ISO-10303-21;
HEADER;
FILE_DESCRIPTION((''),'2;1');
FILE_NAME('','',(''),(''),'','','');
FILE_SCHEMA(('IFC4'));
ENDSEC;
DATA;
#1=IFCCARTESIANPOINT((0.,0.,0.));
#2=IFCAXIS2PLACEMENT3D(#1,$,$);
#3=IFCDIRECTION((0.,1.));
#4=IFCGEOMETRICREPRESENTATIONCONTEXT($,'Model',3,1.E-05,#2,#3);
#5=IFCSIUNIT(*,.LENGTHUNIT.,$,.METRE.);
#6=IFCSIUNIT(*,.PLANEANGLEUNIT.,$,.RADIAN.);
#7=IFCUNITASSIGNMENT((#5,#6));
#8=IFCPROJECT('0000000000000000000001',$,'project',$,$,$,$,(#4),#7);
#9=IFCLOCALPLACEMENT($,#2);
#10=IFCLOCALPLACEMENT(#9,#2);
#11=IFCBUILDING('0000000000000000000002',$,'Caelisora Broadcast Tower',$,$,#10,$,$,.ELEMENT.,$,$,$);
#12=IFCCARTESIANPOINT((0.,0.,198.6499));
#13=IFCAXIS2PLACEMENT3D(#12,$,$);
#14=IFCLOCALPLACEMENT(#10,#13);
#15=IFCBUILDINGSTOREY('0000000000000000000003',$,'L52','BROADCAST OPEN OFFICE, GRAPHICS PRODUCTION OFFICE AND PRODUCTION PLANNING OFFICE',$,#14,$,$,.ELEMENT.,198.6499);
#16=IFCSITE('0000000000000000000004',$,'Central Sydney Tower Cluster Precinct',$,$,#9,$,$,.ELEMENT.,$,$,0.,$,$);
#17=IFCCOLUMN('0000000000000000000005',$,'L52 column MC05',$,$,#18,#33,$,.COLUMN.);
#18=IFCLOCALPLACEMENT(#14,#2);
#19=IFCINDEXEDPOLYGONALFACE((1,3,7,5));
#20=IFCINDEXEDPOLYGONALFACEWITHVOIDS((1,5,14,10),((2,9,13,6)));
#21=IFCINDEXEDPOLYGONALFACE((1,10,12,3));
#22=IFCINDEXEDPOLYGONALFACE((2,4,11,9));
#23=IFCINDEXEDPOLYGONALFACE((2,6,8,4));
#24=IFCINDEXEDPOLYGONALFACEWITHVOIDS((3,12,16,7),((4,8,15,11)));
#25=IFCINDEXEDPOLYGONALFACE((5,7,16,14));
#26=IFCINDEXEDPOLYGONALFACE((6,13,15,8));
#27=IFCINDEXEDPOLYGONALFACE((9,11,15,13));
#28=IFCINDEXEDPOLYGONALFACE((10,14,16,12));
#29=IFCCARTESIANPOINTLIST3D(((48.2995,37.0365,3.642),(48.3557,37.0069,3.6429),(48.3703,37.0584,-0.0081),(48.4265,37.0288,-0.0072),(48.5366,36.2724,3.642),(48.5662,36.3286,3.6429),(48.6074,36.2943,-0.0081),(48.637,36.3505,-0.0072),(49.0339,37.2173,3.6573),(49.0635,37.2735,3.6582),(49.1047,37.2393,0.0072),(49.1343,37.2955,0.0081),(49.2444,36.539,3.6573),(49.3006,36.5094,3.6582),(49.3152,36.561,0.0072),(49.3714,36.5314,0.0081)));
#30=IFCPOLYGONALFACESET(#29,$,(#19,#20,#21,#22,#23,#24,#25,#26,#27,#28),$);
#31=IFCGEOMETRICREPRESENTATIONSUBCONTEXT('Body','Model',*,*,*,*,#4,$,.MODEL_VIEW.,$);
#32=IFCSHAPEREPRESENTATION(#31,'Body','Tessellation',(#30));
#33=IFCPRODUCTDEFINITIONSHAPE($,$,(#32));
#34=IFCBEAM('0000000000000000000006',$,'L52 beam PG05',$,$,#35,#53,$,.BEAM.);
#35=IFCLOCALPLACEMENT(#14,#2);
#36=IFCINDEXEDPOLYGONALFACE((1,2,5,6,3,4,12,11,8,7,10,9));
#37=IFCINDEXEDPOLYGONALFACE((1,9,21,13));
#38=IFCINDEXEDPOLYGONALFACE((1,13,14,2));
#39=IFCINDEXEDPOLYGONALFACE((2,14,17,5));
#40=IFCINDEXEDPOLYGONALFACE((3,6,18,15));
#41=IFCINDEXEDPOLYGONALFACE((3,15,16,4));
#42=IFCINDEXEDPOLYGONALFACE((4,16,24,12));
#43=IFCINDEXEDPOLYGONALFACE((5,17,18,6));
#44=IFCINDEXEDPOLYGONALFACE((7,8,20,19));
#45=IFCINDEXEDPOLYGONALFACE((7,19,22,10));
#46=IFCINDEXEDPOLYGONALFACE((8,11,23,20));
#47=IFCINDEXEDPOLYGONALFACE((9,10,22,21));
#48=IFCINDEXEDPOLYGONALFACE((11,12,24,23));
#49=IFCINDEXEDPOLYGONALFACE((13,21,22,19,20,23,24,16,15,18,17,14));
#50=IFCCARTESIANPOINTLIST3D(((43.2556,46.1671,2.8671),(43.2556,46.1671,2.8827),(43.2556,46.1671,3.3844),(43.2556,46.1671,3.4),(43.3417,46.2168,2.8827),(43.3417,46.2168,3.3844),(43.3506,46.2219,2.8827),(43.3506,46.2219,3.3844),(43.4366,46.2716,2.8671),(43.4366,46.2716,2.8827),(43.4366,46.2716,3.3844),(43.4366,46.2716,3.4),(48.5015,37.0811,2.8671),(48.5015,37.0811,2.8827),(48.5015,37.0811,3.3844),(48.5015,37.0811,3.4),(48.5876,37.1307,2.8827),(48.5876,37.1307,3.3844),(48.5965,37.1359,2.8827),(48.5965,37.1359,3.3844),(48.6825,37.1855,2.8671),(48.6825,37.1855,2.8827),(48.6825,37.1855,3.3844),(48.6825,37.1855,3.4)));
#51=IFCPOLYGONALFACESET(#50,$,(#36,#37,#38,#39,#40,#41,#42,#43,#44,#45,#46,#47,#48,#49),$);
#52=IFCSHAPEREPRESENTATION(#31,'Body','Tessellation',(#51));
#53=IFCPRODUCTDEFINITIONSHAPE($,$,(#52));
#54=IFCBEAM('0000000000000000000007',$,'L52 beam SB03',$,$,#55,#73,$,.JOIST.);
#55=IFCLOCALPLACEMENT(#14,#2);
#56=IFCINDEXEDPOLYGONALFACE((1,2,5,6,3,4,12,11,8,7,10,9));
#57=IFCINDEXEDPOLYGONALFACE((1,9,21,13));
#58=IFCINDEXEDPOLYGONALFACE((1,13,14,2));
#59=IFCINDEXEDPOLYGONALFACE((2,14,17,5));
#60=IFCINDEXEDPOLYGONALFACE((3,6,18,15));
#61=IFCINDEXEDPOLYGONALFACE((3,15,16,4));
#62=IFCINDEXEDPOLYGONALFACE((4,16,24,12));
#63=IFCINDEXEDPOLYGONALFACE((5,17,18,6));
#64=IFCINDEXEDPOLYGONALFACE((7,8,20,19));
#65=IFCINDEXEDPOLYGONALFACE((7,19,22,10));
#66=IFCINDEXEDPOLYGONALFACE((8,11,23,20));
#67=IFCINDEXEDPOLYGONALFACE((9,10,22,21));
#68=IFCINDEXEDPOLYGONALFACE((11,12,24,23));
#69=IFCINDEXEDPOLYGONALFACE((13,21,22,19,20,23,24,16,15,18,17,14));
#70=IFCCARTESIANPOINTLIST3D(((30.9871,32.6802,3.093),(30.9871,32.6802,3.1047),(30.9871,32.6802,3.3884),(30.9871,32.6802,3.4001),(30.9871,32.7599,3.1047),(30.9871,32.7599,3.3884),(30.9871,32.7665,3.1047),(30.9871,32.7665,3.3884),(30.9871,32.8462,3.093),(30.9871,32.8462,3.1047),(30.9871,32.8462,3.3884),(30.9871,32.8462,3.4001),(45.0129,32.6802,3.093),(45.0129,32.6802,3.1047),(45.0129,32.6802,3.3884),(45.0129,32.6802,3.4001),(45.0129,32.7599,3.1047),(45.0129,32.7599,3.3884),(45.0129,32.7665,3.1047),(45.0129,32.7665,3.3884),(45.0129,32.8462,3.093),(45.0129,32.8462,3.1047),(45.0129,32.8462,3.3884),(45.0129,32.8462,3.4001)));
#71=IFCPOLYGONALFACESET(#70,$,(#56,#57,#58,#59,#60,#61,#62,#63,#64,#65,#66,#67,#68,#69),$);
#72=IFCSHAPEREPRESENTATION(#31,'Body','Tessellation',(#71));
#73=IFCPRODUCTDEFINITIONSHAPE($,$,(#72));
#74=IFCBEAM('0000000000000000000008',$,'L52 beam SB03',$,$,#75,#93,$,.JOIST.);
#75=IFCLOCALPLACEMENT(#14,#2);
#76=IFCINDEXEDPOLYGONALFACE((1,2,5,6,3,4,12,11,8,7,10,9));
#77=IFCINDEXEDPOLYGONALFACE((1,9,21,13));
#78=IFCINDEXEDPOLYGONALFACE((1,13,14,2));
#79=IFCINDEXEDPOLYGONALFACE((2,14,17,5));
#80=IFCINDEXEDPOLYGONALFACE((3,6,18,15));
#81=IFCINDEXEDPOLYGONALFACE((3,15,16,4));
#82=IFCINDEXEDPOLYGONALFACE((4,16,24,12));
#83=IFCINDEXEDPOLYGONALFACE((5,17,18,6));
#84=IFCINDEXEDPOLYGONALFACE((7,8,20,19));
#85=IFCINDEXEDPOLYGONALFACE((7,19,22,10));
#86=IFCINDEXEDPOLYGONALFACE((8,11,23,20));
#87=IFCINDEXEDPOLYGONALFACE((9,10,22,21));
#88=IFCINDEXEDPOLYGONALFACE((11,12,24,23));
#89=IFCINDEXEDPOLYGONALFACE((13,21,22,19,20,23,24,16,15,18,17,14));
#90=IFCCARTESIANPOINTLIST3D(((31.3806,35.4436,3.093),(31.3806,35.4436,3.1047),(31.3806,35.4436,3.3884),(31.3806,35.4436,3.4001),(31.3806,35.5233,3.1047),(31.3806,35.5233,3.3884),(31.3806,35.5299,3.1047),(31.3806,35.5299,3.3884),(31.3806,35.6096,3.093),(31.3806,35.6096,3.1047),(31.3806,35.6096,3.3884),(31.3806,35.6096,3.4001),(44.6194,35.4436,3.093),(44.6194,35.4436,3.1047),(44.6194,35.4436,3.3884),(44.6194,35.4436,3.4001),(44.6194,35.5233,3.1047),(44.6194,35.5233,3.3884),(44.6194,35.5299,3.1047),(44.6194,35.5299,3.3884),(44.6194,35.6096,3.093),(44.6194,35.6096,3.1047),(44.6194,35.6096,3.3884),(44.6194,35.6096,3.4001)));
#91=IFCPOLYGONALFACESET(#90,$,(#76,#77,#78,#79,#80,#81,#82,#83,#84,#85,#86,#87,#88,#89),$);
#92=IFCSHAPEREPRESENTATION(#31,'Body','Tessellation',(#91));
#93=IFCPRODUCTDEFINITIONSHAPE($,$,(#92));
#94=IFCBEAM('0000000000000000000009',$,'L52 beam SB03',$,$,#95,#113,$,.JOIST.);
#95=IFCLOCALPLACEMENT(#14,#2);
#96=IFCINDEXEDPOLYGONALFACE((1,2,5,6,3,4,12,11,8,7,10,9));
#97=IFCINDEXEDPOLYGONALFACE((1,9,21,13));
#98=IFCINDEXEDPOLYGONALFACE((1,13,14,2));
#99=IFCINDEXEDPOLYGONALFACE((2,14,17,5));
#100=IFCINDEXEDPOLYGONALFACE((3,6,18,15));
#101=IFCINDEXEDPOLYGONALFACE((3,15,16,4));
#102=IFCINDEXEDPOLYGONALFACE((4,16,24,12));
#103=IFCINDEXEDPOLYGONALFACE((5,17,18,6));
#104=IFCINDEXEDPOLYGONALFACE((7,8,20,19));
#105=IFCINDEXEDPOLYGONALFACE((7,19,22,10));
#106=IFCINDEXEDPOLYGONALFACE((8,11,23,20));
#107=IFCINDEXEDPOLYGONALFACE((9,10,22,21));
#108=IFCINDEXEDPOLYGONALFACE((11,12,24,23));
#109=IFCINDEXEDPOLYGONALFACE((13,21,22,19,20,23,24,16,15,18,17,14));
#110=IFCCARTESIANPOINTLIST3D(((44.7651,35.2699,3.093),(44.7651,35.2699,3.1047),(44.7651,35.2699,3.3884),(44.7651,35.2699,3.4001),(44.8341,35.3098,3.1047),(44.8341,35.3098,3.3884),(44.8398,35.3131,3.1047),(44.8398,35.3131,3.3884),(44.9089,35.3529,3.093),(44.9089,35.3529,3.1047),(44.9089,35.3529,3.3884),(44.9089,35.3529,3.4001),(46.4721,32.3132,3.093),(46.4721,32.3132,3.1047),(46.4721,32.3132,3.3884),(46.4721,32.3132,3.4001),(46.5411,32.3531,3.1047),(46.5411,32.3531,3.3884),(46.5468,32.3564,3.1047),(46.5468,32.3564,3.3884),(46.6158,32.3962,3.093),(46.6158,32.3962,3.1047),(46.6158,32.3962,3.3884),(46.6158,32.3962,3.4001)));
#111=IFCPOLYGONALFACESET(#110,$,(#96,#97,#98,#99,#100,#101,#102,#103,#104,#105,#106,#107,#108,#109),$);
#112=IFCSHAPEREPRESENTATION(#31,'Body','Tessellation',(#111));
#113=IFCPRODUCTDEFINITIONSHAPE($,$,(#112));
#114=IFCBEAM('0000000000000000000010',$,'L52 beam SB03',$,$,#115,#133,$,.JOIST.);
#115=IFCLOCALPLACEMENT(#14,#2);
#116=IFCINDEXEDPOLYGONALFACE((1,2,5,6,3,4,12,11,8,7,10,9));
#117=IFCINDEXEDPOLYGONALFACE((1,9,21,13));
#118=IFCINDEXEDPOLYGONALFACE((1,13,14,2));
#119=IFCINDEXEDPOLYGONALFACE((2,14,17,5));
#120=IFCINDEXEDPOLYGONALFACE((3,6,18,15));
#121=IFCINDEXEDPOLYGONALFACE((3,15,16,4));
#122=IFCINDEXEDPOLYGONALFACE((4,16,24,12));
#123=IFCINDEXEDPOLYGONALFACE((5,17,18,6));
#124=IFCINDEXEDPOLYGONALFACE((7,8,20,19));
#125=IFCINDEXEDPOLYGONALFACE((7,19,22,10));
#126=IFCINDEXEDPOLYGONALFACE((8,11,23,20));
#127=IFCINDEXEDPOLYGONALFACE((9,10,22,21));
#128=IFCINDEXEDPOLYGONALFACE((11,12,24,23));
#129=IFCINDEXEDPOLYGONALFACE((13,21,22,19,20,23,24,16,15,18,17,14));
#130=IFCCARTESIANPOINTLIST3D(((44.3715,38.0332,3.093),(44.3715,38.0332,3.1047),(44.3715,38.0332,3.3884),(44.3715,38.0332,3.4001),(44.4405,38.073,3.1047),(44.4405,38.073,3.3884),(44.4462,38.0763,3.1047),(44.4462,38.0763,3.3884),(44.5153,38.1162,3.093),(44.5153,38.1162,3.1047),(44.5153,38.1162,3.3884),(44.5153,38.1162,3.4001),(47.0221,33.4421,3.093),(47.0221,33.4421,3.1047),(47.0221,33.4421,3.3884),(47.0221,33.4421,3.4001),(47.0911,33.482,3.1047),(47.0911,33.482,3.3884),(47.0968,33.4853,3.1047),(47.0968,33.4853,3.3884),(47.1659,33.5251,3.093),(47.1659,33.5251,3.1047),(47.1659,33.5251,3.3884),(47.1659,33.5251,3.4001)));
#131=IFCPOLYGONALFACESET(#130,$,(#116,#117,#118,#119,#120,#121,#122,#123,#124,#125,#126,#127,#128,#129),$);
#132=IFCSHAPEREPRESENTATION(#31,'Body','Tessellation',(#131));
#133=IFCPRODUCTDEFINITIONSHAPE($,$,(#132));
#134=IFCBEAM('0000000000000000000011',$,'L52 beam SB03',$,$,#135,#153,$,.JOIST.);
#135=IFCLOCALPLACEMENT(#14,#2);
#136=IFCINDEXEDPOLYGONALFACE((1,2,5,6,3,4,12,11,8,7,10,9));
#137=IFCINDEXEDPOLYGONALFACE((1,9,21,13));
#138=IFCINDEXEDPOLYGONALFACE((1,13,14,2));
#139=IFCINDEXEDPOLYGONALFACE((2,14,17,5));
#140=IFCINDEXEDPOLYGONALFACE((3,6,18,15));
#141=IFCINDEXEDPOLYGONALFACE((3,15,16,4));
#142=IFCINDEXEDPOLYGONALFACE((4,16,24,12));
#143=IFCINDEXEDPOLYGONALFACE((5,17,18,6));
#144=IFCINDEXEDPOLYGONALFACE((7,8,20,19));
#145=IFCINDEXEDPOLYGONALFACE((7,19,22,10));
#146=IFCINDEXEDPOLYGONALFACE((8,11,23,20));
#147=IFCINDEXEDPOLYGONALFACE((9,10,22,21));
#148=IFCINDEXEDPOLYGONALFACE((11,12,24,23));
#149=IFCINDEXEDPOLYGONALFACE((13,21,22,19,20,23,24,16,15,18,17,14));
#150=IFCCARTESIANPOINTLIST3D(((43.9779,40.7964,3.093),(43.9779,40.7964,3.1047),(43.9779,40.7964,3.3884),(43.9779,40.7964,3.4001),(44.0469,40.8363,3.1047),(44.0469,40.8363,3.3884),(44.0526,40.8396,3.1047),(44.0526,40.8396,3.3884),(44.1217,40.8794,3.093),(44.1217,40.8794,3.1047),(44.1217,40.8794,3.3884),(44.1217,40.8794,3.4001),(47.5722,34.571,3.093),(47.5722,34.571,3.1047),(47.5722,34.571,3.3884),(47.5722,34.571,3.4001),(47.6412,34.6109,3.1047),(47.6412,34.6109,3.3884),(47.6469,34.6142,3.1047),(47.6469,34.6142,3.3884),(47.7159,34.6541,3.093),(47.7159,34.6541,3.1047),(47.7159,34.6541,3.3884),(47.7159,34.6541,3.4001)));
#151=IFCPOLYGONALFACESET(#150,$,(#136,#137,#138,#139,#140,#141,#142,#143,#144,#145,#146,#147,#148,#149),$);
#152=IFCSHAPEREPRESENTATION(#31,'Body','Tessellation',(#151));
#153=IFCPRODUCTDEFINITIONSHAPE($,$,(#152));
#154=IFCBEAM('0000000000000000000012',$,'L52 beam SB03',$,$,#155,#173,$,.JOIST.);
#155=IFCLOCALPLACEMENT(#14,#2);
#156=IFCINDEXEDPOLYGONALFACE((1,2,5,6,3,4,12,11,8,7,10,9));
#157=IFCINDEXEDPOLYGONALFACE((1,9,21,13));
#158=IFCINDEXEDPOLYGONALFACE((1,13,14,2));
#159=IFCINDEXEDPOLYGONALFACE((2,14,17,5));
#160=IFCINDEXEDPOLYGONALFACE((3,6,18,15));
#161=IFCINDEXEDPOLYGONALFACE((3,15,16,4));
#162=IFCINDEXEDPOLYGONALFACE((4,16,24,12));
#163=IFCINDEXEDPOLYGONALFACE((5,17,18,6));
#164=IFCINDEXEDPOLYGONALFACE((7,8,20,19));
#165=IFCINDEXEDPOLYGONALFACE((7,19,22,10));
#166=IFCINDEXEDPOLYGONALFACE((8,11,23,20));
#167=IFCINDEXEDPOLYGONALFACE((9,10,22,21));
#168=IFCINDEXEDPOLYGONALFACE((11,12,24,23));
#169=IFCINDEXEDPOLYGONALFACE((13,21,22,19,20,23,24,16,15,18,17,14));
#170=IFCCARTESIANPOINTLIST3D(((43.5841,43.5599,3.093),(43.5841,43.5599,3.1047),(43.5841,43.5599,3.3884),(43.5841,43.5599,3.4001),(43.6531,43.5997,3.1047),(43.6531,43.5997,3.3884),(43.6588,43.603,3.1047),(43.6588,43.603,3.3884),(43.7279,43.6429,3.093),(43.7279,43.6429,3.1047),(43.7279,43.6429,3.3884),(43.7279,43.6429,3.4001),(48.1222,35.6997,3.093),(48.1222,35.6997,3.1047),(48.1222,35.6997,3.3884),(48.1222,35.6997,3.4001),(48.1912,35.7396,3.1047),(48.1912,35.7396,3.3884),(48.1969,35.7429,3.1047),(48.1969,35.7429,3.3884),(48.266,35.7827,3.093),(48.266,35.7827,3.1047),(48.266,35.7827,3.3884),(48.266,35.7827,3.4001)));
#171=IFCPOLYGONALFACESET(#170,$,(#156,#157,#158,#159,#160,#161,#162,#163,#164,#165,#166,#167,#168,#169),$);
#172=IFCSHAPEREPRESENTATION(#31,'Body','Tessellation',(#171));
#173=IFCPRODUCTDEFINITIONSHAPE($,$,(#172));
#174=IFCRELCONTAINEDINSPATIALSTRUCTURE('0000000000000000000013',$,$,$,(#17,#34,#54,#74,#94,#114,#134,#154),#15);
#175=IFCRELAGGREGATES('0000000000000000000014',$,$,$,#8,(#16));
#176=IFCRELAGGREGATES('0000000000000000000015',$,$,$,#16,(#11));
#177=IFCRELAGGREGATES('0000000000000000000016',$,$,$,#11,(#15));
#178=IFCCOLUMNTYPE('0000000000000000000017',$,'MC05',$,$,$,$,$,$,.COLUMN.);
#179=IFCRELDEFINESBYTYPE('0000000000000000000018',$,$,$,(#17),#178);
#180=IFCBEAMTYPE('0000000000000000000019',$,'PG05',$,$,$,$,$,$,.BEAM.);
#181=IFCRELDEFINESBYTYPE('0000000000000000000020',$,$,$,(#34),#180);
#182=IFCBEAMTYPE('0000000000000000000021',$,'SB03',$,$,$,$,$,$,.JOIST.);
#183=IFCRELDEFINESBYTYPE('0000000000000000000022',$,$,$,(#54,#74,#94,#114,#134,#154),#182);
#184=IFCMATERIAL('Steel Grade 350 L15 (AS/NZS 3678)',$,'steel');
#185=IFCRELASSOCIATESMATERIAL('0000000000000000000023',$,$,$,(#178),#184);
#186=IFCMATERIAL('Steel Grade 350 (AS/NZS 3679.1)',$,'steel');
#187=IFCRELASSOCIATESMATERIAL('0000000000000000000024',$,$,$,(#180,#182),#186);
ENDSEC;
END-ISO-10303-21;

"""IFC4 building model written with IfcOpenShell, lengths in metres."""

from ifc_helpers import new_model, si_unit, direction, frame, origin, origin_2d, place, context, subcontext, project, spatial, hollow_rectangle, i_section, extrude, source, transform, mapped, material, material_profile, profile_set, type_object, type_shapes, element, save


model = new_model("IFC4")

# Units and contexts
model_context = context("Model", 3, precision=1e-05, world=origin(), true_north=direction((0.0, 1.0)))
body_context = subcontext(model_context, "Body", "Model", "MODEL_VIEW")
ifc_project = project(units=[si_unit("LENGTHUNIT", "METRE"), si_unit("PLANEANGLEUNIT", "RADIAN")], contexts=[model_context])

# Site, building, storey
site_placement = place(None, origin())
site = spatial("IfcSite", under=ifc_project, at=site_placement, Name="Central Sydney Tower Cluster Precinct", CompositionType="ELEMENT", RefElevation=0.0)
building_placement = place(site_placement, origin())
building = spatial("IfcBuilding", under=site, at=building_placement, Name="Caelisora Broadcast Tower", CompositionType="ELEMENT")
storey_placement = place(building_placement, frame((0.0, 0.0, 198.6499)))
storey = spatial("IfcBuildingStorey", under=building, at=storey_placement, Name="L52", Description="BROADCAST OPEN OFFICE, GRAPHICS PRODUCTION OFFICE AND PRODUCTION PLANNING OFFICE", CompositionType="ELEMENT", Elevation=198.6499)

# Column
ifc_material_1 = material(Name="Steel Grade 350 L15 (AS/NZS 3678)", Category="steel")
ifc_material_profile_1 = material_profile(ifc_material_1, hollow_rectangle(XDim=0.8, YDim=0.8, WallThickness=0.0449, at=origin_2d()), Name="Steel Grade 350 L15 (AS/NZS 3678)")
ifc_profile_set_1 = profile_set([ifc_material_profile_1], Name="Steel Grade 350 L15 (AS/NZS 3678)")
column_type = type_object("IfcColumnType", Name="MC05", PredefinedType="COLUMN", material=ifc_profile_set_1)
shared_shape_1 = source(origin(), body_context, "Body", "SweptSolid", [
    extrude(hollow_rectangle(XDim=0.8, YDim=0.8, WallThickness=0.0449, at=origin_2d()), origin(), (0.0, 0.0, 1.0), 3.6509),
])
type_shapes(column_type, [shared_shape_1])
column_placement = place(storey_placement, frame((48.8708, 36.7949, 0.0), z_axis=(-0.019393, -0.006018, 0.999794), x_axis=(0.296399, -0.955064, 0.0)))
element("IfcColumn", 1, at=column_placement, inside=storey, type_object=column_type, Name="L52 column MC05", PredefinedType="COLUMN", context=body_context, shape_type="MappedRepresentation", body=[
    mapped(shared_shape_1, transform((0.0, 0.0, 0.0), scale=1.0)),
])

# Beams
ifc_material_2 = material(Name="Steel Grade 350 (AS/NZS 3679.1)", Category="steel")
ifc_material_profile_2 = material_profile(ifc_material_2, i_section(OverallWidth=0.209, OverallDepth=0.533, WebThickness=0.0103, FlangeThickness=0.0156, at=origin_2d()), Name="Steel Grade 350 (AS/NZS 3679.1)")
ifc_profile_set_2 = profile_set([ifc_material_profile_2], Name="Steel Grade 350 (AS/NZS 3679.1)")
beam_type_1 = type_object("IfcBeamType", Name="PG05", PredefinedType="BEAM", material=ifc_profile_set_2)
shared_shape_2 = source(origin(), body_context, "Body", "SweptSolid", [
    extrude(i_section(OverallWidth=0.209, OverallDepth=0.533, WebThickness=0.0103, FlangeThickness=0.0156, at=origin_2d()), origin(), (0.0, 0.0, 1.0), 10.4917),
])
type_shapes(beam_type_1, [shared_shape_2])
beam_1_placement = place(storey_placement, frame((48.592, 37.1333, 3.1335), z_axis=(-0.500006, 0.866022, 0.0), x_axis=(-0.866022, -0.500006, 0.0)))
element("IfcBeam", 2, at=beam_1_placement, inside=storey, type_object=beam_type_1, Name="L52 beam PG05", PredefinedType="BEAM", context=body_context, shape_type="MappedRepresentation", body=[
    mapped(shared_shape_2, transform((0.0, 0.0, 0.0), scale=1.0)),
])
ifc_material_profile_3 = material_profile(ifc_material_2, i_section(OverallWidth=0.166, OverallDepth=0.3071, WebThickness=0.0066, FlangeThickness=0.0117, at=origin_2d()), Name="Steel Grade 350 (AS/NZS 3679.1)")
ifc_profile_set_3 = profile_set([ifc_material_profile_3], Name="Steel Grade 350 (AS/NZS 3679.1)")
beam_type_2 = type_object("IfcBeamType", Name="SB03", PredefinedType="JOIST", material=ifc_profile_set_3)
shared_shape_3 = source(origin(), body_context, "Body", "SweptSolid", [
    extrude(i_section(OverallWidth=0.166, OverallDepth=0.3071, WebThickness=0.0066, FlangeThickness=0.0117, at=origin_2d()), origin(), (0.0, 0.0, 1.0), 14.0259),
])
beam_2_placement = place(storey_placement, frame((45.0129, 32.7632, 3.2466), z_axis=(-1.0, 0.0, 0.0), x_axis=(0.0, -1.0, 0.0)))
element("IfcBeam", 3, at=beam_2_placement, inside=storey, type_object=beam_type_2, Name="L52 beam SB03", PredefinedType="JOIST", context=body_context, shape_type="MappedRepresentation", body=[
    mapped(shared_shape_3, transform((0.0, 0.0, 0.0), scale=1.0)),
])
shared_shape_4 = source(origin(), body_context, "Body", "SweptSolid", [
    extrude(i_section(OverallWidth=0.166, OverallDepth=0.3071, WebThickness=0.0066, FlangeThickness=0.0117, at=origin_2d()), origin(), (0.0, 0.0, 1.0), 13.2388),
])
beam_3_placement = place(storey_placement, frame((44.6194, 35.5266, 3.2466), z_axis=(-1.0, 0.0, 0.0), x_axis=(0.0, -1.0, 0.0)))
element("IfcBeam", 4, at=beam_3_placement, inside=storey, type_object=beam_type_2, Name="L52 beam SB03", PredefinedType="JOIST", context=body_context, shape_type="MappedRepresentation", body=[
    mapped(shared_shape_4, transform((0.0, 0.0, 0.0), scale=1.0)),
])
shared_shape_5 = source(origin(), body_context, "Body", "SweptSolid", [
    extrude(i_section(OverallWidth=0.166, OverallDepth=0.3071, WebThickness=0.0066, FlangeThickness=0.0117, at=origin_2d()), origin(), (0.0, 0.0, 1.0), 3.4141),
])
beam_4_placement = place(storey_placement, frame((46.5439, 32.3547, 3.2466), z_axis=(-0.499984, 0.866034, 0.0), x_axis=(-0.866034, -0.499984, 0.0)))
element("IfcBeam", 5, at=beam_4_placement, inside=storey, type_object=beam_type_2, Name="L52 beam SB03", PredefinedType="JOIST", context=body_context, shape_type="MappedRepresentation", body=[
    mapped(shared_shape_5, transform((0.0, 0.0, 0.0), scale=1.0)),
])
shared_shape_6 = source(origin(), body_context, "Body", "SweptSolid", [
    extrude(i_section(OverallWidth=0.166, OverallDepth=0.3071, WebThickness=0.0066, FlangeThickness=0.0117, at=origin_2d()), origin(), (0.0, 0.0, 1.0), 5.3013),
])
beam_5_placement = place(storey_placement, frame((47.094, 33.4836, 3.2466), z_axis=(-0.499998, 0.866027, 0.0), x_axis=(-0.866027, -0.499998, 0.0)))
element("IfcBeam", 6, at=beam_5_placement, inside=storey, type_object=beam_type_2, Name="L52 beam SB03", PredefinedType="JOIST", context=body_context, shape_type="MappedRepresentation", body=[
    mapped(shared_shape_6, transform((0.0, 0.0, 0.0), scale=1.0)),
])
shared_shape_7 = source(origin(), body_context, "Body", "SweptSolid", [
    extrude(i_section(OverallWidth=0.166, OverallDepth=0.3071, WebThickness=0.0066, FlangeThickness=0.0117, at=origin_2d()), origin(), (0.0, 0.0, 1.0), 7.1885),
])
beam_6_placement = place(storey_placement, frame((47.644, 34.6125, 3.2466), z_axis=(-0.500004, 0.866023, 0.0), x_axis=(-0.866023, -0.500004, 0.0)))
element("IfcBeam", 7, at=beam_6_placement, inside=storey, type_object=beam_type_2, Name="L52 beam SB03", PredefinedType="JOIST", context=body_context, shape_type="MappedRepresentation", body=[
    mapped(shared_shape_7, transform((0.0, 0.0, 0.0), scale=1.0)),
])
shared_shape_8 = source(origin(), body_context, "Body", "SweptSolid", [
    extrude(i_section(OverallWidth=0.166, OverallDepth=0.3071, WebThickness=0.0066, FlangeThickness=0.0117, at=origin_2d()), origin(), (0.0, 0.0, 1.0), 9.0762),
])
type_shapes(beam_type_2, [shared_shape_3, shared_shape_4, shared_shape_5, shared_shape_6, shared_shape_7, shared_shape_8])
beam_7_placement = place(storey_placement, frame((48.1941, 35.7412, 3.2466), z_axis=(-0.500004, 0.866023, 0.0), x_axis=(-0.866023, -0.500004, 0.0)))
element("IfcBeam", 8, at=beam_7_placement, inside=storey, type_object=beam_type_2, Name="L52 beam SB03", PredefinedType="JOIST", context=body_context, shape_type="MappedRepresentation", body=[
    mapped(shared_shape_8, transform((0.0, 0.0, 0.0), scale=1.0)),
])

save(model, "model.ifc")
